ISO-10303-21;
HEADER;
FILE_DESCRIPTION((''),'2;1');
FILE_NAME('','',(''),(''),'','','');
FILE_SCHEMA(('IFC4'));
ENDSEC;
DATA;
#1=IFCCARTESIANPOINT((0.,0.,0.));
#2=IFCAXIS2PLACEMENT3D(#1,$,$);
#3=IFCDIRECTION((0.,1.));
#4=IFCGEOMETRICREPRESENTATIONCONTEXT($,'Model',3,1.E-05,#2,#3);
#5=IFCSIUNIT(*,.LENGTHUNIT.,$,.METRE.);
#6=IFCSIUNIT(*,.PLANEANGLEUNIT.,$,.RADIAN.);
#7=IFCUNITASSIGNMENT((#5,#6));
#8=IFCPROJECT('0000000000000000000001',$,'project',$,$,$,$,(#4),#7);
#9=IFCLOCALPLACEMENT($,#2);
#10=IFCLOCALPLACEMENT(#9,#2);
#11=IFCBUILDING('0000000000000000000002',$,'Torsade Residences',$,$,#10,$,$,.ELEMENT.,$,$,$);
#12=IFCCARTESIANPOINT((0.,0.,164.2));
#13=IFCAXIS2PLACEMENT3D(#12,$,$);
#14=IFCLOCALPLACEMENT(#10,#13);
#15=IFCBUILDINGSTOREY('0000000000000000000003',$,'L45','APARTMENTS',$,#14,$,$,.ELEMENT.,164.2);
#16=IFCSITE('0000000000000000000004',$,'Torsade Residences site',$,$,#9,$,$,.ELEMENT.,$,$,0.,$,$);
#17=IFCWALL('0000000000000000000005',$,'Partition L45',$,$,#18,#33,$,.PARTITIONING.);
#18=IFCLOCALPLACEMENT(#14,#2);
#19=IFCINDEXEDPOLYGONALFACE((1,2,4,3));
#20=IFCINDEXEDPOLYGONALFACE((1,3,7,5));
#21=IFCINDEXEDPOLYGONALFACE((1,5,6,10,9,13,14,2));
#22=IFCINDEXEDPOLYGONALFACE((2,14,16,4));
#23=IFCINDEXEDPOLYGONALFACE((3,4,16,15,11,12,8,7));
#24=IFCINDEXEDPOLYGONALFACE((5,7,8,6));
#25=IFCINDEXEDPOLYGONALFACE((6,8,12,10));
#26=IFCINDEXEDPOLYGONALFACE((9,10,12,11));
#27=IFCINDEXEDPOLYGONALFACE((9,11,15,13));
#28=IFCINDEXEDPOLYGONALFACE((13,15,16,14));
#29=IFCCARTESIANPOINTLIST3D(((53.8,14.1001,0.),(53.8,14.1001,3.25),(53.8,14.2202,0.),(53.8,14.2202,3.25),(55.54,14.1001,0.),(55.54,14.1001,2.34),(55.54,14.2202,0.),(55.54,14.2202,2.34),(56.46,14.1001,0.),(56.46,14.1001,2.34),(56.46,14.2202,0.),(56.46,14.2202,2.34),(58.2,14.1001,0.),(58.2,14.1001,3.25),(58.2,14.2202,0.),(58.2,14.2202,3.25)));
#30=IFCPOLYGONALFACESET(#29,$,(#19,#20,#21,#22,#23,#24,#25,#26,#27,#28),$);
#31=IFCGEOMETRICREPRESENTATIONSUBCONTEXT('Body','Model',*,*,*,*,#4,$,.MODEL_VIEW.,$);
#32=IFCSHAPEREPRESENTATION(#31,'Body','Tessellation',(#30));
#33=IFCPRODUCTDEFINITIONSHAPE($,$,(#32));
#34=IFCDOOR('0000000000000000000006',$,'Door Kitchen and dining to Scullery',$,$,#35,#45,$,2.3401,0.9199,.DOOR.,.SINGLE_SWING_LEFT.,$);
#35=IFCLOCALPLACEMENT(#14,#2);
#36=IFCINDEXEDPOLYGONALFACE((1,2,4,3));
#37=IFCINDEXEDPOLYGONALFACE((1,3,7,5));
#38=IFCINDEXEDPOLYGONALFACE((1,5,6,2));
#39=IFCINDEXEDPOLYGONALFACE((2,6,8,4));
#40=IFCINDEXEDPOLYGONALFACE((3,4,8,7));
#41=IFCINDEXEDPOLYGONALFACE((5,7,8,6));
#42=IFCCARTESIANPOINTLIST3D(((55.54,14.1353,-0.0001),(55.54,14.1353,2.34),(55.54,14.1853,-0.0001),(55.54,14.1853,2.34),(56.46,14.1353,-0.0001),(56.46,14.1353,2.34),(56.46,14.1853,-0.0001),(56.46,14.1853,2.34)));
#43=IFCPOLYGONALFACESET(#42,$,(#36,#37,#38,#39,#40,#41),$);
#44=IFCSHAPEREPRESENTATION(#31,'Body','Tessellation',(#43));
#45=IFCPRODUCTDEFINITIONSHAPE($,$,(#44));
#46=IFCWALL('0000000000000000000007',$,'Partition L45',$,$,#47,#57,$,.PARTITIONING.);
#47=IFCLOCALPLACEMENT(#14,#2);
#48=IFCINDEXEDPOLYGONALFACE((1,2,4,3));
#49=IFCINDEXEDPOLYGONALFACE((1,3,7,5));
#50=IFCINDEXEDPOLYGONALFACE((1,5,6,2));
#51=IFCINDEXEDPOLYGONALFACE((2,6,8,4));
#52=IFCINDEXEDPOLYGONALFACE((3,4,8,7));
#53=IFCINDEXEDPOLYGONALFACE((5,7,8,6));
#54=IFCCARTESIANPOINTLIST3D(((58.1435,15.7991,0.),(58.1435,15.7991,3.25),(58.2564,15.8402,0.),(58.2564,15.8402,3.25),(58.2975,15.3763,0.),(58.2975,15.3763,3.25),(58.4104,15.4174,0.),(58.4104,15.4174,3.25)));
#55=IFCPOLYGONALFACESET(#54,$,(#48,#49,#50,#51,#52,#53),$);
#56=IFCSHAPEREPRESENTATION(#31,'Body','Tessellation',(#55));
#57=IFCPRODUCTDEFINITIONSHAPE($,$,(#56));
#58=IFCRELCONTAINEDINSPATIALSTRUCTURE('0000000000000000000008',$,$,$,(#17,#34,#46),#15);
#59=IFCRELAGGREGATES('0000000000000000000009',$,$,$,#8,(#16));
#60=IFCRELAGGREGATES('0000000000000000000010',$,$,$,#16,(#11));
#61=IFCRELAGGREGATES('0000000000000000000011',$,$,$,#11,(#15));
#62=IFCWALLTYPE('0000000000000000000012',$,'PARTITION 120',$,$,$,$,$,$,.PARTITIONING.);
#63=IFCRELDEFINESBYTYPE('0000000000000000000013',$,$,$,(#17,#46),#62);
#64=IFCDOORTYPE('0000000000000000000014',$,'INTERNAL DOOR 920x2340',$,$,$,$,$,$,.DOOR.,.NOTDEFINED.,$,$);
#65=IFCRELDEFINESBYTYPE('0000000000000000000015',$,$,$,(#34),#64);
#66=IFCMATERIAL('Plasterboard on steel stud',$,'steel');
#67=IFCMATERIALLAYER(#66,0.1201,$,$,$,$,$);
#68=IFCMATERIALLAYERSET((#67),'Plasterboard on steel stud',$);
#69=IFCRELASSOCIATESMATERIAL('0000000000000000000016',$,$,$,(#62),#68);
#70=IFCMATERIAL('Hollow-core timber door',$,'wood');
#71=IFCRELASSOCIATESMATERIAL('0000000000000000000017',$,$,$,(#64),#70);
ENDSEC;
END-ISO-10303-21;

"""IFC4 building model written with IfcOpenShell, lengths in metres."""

from ifc_helpers import new_model, si_unit, direction, frame, frame_2d, origin, place, context, subcontext, project, spatial, rectangle, extrude, material, layer, layer_set, type_object, element, fill, save


model = new_model("IFC4")

# Units and contexts
model_context = context("Model", 3, precision=1e-05, world=origin(), true_north=direction((0.0, 1.0)))
body_context = subcontext(model_context, "Body", "Model", "MODEL_VIEW")
ifc_project = project(units=[si_unit("LENGTHUNIT", "METRE"), si_unit("PLANEANGLEUNIT", "RADIAN")], contexts=[model_context])

# Site, building, storey
site_placement = place(None, origin())
site = spatial("IfcSite", under=ifc_project, at=site_placement, Name="Torsade Residences site", CompositionType="ELEMENT", RefElevation=0.0)
building_placement = place(site_placement, origin())
building = spatial("IfcBuilding", under=site, at=building_placement, Name="Torsade Residences", CompositionType="ELEMENT")
storey_placement = place(building_placement, frame((0.0, 0.0, 164.2)))
storey = spatial("IfcBuildingStorey", under=building, at=storey_placement, Name="L45", Description="APARTMENTS", CompositionType="ELEMENT", Elevation=164.2)

# Shared definitions
ifc_material_1 = material(Name="Plasterboard on steel stud", Category="steel")
ifc_layer_1 = layer(ifc_material_1, 0.1201)
ifc_layer_set_1 = layer_set([ifc_layer_1], Name="Plasterboard on steel stud")
wall_type_1 = type_object("IfcWallType", Name="PARTITION 120", PredefinedType="PARTITIONING", material=ifc_layer_set_1)
ifc_material_2 = material(Name="Hollow-core timber door", Category="wood")
door_type_1 = type_object("IfcDoorType", Name="INTERNAL DOOR 920x2340", OperationType="NOTDEFINED", PredefinedType="DOOR", material=ifc_material_2)

# Wall, opening, door
wall_1_placement = place(storey_placement, frame((58.2, 14.1602, 0.0), z_axis=(0.0, 0.0, 1.0), x_axis=(-1.0, 0.0, 0.0)))
wall_1 = element("IfcWall", 1, at=wall_1_placement, inside=storey, type_object=wall_type_1, Name="Partition L45", PredefinedType="PARTITIONING", context=body_context, shape_type="SweptSolid", body=[
    extrude(rectangle(XDim=4.3999, YDim=0.1201, at=frame_2d((2.2, 0.0))), origin(), (0.0, 0.0, 1.0), 3.25),
])
opening_1_placement = place(wall_1_placement, frame((1.74, 0.0, 0.0)))
opening_1 = element("IfcOpeningElement", 2, at=opening_1_placement, cuts=wall_1, PredefinedType="OPENING", context=body_context, shape_type="SweptSolid", body=[
    extrude(rectangle(XDim=0.9199, YDim=2.3401, at=frame_2d((0.46, 1.1699))), frame((0.0, 0.0701, 0.0), z_axis=(0.0, -1.0, 0.0), x_axis=(1.0, 0.0, 0.0)), (0.0, 0.0, 1.0), 0.1401),
])
door_1_placement = place(opening_1_placement, origin())
door_1 = element("IfcDoor", 3, at=door_1_placement, inside=storey, type_object=door_type_1, Name="Door Kitchen and dining to Scullery", OperationType="SINGLE_SWING_LEFT", OverallHeight=2.3401, OverallWidth=0.9199, PredefinedType="DOOR", context=body_context, shape_type="SweptSolid", body=[
    extrude(rectangle(XDim=0.9199, YDim=2.3401, at=frame_2d((0.46, 1.1699))), frame((0.0, 0.0249, 0.0), z_axis=(0.0, -1.0, 0.0), x_axis=(1.0, 0.0, 0.0)), (0.0, 0.0, 1.0), 0.05),
])
fill(opening_1, door_1)

# Wall
wall_2_placement = place(storey_placement, frame((58.354, 15.3967, 0.0), z_axis=(0.0, 0.0, 1.0), x_axis=(-0.342309, 0.939587, 0.0)))
element("IfcWall", 4, at=wall_2_placement, inside=storey, type_object=wall_type_1, Name="Partition L45", PredefinedType="PARTITIONING", context=body_context, shape_type="SweptSolid", body=[
    extrude(rectangle(XDim=0.45, YDim=0.1201, at=frame_2d((0.2251, 0.0))), origin(), (0.0, 0.0, 1.0), 3.25),
])

save(model, "model.ifc")
